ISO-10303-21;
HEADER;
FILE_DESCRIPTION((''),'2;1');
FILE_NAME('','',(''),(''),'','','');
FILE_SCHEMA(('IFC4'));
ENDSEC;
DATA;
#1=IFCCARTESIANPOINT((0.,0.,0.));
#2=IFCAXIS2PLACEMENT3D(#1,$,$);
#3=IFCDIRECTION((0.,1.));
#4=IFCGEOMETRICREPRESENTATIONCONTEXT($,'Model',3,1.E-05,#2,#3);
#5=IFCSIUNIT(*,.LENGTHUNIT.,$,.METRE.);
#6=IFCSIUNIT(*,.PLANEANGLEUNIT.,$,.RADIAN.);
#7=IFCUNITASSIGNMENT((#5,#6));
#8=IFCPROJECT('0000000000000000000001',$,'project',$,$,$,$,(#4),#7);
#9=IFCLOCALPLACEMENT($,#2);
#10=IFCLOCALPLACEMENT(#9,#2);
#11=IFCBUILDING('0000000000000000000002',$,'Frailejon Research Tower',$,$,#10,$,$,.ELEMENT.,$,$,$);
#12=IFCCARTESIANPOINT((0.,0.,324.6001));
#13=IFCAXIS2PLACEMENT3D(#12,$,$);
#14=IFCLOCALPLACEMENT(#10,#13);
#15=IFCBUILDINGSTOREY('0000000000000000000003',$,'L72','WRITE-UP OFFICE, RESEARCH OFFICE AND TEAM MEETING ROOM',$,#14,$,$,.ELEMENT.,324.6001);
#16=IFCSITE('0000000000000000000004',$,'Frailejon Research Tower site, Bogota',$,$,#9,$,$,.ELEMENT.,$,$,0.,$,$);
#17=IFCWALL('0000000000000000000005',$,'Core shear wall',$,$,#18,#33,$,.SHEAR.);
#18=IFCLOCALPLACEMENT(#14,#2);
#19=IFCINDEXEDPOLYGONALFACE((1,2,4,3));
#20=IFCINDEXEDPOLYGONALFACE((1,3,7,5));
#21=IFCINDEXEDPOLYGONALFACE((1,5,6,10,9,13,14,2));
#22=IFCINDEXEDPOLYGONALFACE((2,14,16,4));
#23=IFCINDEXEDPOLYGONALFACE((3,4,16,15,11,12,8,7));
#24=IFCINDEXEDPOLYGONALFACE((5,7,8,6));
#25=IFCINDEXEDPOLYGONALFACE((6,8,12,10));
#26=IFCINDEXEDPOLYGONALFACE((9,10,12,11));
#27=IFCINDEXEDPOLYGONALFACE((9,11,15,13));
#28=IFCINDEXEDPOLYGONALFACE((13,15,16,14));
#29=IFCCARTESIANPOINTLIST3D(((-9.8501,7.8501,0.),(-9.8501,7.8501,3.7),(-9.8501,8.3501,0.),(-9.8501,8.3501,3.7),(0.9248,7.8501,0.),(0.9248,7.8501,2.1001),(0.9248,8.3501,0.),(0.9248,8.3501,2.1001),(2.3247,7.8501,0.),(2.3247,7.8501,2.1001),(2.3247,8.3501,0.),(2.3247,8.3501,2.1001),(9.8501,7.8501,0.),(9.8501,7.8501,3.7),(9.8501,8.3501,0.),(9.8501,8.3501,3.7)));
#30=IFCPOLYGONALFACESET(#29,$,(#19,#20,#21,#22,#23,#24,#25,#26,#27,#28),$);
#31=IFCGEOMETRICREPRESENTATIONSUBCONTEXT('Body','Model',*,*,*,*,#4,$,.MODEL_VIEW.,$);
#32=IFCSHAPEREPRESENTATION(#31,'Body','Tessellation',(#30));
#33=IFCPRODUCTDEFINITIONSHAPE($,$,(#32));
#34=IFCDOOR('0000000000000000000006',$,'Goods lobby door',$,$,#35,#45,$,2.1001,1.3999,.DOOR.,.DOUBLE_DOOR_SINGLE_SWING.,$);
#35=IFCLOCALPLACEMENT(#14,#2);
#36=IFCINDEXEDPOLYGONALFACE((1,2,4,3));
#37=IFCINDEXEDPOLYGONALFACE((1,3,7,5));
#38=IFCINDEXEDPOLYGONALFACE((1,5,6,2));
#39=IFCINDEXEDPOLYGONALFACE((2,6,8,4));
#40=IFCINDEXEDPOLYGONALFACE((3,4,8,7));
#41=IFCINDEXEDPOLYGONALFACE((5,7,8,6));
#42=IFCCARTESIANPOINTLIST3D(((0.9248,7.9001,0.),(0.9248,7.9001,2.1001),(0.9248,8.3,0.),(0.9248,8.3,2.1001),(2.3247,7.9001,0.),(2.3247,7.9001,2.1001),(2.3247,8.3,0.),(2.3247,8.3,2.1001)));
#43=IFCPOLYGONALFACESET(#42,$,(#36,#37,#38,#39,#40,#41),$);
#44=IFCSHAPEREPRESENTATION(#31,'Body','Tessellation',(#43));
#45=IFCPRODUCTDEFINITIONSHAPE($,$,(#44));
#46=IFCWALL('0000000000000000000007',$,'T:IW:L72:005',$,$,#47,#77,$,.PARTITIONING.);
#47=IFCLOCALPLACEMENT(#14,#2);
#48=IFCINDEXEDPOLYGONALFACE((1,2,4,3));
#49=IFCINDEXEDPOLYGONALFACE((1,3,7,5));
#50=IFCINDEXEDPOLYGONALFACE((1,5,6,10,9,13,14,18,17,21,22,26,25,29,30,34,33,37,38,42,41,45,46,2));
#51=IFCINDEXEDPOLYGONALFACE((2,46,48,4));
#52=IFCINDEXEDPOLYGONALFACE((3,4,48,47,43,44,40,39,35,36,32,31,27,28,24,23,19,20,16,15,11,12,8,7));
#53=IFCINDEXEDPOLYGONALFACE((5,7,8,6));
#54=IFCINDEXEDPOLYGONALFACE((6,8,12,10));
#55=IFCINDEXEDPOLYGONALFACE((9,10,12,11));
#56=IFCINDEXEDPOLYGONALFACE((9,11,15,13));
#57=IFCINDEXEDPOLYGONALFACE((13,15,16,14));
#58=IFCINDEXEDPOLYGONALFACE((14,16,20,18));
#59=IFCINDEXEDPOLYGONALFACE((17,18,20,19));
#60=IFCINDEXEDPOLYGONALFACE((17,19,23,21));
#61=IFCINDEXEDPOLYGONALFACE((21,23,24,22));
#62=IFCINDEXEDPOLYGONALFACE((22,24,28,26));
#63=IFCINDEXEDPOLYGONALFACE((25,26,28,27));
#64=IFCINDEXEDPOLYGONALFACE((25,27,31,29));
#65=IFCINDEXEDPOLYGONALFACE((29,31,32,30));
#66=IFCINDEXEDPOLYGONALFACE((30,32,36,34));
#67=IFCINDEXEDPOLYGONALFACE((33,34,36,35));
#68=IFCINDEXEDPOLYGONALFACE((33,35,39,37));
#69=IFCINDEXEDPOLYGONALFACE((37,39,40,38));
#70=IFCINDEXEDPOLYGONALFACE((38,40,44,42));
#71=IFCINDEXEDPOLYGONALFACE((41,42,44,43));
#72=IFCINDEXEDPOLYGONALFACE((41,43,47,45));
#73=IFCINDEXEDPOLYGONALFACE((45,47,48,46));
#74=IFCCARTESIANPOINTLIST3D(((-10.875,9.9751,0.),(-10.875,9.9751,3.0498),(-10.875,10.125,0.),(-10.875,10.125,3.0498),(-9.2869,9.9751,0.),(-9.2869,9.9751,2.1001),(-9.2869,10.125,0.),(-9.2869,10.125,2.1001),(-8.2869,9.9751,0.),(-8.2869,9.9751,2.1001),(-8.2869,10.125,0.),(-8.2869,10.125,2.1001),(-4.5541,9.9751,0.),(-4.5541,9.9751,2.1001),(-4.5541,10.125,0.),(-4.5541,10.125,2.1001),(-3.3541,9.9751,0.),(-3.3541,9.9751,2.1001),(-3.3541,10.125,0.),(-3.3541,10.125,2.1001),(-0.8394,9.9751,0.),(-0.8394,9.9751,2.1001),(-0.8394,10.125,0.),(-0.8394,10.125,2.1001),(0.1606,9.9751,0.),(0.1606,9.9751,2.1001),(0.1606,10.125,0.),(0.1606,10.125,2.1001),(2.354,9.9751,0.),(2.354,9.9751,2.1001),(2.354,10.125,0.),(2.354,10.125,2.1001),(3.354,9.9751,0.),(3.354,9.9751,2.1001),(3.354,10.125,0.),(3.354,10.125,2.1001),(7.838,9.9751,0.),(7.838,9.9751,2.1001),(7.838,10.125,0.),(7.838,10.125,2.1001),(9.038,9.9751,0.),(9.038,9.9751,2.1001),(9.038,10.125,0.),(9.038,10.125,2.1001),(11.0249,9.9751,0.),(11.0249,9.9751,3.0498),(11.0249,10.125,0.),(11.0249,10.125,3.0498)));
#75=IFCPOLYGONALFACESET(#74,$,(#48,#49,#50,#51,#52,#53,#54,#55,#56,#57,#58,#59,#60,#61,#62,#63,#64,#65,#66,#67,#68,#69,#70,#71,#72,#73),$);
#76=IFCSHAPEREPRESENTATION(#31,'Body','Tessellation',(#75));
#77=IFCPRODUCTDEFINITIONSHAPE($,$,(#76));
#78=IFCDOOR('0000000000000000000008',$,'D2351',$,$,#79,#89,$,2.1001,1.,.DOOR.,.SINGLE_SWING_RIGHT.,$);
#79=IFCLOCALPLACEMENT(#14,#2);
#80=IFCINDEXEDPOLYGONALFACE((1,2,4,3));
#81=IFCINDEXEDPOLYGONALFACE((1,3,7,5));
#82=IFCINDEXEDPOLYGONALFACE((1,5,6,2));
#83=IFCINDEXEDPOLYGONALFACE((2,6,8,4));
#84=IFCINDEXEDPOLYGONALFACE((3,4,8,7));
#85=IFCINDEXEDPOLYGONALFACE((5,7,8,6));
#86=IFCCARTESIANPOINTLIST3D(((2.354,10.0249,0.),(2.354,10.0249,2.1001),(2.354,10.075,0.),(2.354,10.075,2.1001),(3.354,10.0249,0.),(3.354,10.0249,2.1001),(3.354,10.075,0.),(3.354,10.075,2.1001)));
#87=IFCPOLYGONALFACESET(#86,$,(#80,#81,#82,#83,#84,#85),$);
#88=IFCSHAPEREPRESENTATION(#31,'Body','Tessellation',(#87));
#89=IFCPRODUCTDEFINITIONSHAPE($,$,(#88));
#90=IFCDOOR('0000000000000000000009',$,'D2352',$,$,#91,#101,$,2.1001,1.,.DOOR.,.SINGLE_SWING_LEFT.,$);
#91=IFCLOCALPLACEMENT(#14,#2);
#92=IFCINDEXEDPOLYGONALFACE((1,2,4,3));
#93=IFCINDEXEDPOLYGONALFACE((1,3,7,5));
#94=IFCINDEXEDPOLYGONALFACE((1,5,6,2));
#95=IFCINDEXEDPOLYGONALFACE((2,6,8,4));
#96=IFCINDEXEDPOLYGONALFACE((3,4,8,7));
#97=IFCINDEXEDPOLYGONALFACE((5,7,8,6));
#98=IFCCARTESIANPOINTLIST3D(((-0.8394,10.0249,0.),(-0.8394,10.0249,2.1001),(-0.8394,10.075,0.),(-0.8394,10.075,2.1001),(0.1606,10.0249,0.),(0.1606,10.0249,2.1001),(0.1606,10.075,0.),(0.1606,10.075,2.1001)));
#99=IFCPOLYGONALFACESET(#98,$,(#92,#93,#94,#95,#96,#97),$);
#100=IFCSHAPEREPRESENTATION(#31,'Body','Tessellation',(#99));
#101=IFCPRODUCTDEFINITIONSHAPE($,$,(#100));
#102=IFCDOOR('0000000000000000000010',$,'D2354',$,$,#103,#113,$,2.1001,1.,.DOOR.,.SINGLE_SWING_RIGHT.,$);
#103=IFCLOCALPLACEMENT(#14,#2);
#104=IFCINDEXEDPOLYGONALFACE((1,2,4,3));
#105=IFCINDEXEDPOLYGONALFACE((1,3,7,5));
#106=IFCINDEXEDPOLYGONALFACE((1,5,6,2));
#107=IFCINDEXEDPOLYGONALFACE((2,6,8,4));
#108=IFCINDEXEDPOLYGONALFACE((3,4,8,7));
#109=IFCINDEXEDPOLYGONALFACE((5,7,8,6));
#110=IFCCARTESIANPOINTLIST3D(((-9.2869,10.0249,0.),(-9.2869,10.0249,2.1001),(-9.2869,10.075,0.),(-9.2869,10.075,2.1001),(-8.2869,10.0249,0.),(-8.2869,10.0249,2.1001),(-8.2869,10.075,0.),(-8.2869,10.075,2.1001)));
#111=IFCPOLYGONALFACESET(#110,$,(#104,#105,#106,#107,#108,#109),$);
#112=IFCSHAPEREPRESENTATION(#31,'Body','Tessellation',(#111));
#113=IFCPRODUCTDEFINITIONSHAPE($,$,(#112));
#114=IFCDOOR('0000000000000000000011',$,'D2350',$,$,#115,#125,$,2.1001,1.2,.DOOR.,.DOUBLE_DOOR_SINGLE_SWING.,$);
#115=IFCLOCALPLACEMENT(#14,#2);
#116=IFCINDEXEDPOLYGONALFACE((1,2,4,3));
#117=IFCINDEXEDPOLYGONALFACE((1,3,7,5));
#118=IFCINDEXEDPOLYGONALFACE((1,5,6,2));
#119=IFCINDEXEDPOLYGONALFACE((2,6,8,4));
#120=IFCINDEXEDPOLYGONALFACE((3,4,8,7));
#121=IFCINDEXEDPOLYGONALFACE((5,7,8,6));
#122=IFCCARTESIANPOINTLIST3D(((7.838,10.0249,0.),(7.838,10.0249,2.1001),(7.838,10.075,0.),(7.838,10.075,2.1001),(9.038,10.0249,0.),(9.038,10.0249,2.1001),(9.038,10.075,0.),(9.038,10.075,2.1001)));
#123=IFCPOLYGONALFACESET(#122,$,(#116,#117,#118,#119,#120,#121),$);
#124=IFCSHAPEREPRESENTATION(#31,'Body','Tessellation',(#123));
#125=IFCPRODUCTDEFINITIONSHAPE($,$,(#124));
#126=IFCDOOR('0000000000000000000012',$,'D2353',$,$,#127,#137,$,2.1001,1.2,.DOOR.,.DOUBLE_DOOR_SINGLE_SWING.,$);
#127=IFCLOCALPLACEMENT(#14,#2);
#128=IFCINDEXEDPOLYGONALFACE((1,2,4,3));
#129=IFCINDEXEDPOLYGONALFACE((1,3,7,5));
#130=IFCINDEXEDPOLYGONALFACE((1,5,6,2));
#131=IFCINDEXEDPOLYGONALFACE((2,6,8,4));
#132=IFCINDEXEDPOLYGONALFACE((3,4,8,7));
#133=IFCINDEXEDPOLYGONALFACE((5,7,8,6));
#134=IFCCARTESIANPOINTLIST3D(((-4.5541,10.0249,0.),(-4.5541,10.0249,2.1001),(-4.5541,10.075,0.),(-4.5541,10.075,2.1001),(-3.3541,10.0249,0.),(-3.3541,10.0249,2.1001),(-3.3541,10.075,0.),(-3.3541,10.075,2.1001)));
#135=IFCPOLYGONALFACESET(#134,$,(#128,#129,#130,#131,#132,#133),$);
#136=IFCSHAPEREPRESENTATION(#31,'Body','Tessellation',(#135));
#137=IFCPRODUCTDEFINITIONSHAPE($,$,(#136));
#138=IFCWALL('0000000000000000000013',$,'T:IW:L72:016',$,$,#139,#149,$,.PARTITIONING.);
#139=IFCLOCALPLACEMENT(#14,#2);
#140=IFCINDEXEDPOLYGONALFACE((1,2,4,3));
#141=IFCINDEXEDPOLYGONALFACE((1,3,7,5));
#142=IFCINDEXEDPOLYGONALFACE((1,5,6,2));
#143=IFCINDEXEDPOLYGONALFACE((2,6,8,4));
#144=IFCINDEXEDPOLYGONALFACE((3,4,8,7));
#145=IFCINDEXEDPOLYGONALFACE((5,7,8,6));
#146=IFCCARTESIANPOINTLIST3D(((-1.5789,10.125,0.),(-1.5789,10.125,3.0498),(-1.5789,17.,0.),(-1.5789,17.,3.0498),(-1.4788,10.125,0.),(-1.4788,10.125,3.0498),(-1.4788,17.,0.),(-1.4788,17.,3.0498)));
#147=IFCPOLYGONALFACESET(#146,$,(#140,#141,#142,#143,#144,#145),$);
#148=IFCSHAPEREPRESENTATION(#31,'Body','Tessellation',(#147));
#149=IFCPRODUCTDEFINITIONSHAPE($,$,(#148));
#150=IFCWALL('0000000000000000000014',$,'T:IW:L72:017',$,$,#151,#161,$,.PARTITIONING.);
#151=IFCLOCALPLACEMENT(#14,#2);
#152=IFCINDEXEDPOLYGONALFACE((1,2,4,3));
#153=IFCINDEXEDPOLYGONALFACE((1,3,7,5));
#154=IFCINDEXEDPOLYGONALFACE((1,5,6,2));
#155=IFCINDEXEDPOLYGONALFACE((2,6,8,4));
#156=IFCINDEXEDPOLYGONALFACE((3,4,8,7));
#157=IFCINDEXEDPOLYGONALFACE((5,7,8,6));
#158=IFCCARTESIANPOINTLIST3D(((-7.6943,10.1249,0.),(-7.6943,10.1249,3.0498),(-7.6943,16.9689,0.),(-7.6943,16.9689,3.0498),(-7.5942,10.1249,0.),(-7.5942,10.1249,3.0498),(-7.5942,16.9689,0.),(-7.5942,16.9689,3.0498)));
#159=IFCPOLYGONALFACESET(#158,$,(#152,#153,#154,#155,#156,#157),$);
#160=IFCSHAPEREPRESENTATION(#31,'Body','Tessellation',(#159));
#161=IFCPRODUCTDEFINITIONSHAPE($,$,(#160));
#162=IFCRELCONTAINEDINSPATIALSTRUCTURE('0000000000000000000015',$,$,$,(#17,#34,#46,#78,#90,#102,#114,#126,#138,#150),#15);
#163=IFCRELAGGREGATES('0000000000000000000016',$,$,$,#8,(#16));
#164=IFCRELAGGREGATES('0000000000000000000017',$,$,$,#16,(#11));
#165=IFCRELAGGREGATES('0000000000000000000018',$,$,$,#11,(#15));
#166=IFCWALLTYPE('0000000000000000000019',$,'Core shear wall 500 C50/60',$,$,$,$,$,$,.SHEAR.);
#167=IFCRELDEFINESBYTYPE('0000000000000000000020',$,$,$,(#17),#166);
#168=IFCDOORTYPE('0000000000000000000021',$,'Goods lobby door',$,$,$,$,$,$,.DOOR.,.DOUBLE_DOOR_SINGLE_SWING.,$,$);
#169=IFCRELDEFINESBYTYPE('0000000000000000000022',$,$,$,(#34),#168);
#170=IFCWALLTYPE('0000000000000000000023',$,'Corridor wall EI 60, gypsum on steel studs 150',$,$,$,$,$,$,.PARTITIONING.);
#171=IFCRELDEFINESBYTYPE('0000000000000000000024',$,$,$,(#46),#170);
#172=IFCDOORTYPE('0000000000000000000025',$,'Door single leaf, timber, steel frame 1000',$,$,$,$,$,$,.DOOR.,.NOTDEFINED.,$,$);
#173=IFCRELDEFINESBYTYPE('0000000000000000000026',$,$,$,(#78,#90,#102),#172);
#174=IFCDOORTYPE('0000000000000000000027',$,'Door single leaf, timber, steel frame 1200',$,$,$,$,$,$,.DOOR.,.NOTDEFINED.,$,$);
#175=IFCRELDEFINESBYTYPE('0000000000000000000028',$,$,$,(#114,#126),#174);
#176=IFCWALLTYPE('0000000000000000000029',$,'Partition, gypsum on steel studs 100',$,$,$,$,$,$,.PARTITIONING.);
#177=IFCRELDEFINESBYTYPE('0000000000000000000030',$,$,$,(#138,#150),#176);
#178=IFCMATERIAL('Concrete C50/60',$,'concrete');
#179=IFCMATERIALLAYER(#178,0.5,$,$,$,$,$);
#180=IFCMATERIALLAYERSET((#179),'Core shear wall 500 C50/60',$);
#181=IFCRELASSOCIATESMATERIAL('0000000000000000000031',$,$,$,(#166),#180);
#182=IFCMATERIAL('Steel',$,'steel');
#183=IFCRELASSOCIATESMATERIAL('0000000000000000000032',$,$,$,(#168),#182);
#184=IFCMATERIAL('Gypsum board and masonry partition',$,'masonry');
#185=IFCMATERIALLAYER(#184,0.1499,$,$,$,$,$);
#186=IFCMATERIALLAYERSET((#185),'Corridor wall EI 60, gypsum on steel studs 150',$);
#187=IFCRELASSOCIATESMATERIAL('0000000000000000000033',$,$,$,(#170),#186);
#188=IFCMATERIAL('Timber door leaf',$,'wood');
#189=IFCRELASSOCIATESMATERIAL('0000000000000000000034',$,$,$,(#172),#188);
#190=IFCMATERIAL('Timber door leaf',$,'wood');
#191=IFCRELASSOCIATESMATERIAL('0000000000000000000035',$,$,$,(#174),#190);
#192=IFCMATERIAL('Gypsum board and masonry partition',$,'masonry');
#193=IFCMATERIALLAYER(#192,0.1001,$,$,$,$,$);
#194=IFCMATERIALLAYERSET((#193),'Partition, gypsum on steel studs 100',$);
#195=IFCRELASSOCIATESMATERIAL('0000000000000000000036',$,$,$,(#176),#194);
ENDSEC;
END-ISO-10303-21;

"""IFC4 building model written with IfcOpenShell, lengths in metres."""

from ifc_helpers import new_model, si_unit, direction, frame, frame_2d, origin, place, context, subcontext, project, spatial, rectangle, extrude, material, layer, layer_set, type_object, element, fill, save


model = new_model("IFC4")

# Units and contexts
model_context = context("Model", 3, precision=1e-05, world=origin(), true_north=direction((0.0, 1.0)))
body_context = subcontext(model_context, "Body", "Model", "MODEL_VIEW")
ifc_project = project(units=[si_unit("LENGTHUNIT", "METRE"), si_unit("PLANEANGLEUNIT", "RADIAN")], contexts=[model_context])

# Site, building, storey
site_placement = place(None, origin())
site = spatial("IfcSite", under=ifc_project, at=site_placement, Name="Frailejon Research Tower site, Bogota", CompositionType="ELEMENT", RefElevation=0.0)
building_placement = place(site_placement, origin())
building = spatial("IfcBuilding", under=site, at=building_placement, Name="Frailejon Research Tower", CompositionType="ELEMENT")
storey_placement = place(building_placement, frame((0.0, 0.0, 324.6001)))
storey = spatial("IfcBuildingStorey", under=building, at=storey_placement, Name="L72", Description="WRITE-UP OFFICE, RESEARCH OFFICE AND TEAM MEETING ROOM", CompositionType="ELEMENT", Elevation=324.6001)

# Wall, opening, door
ifc_material_1 = material(Name="Concrete C50/60", Category="concrete")
ifc_layer_1 = layer(ifc_material_1, 0.5)
ifc_layer_set_1 = layer_set([ifc_layer_1], Name="Core shear wall 500 C50/60")
wall_type_1 = type_object("IfcWallType", Name="Core shear wall 500 C50/60", PredefinedType="SHEAR", material=ifc_layer_set_1)
wall_1_placement = place(storey_placement, frame((-9.8501, 8.1001, 0.0), z_axis=(0.0, 0.0, 1.0), x_axis=(1.0, 0.0, 0.0)))
wall_1 = element("IfcWall", 1, at=wall_1_placement, inside=storey, type_object=wall_type_1, Name="Core shear wall", PredefinedType="SHEAR", context=body_context, shape_type="SweptSolid", body=[
    extrude(rectangle(XDim=19.7002, YDim=0.5, at=frame_2d((9.8501, 0.0))), origin(), (0.0, 0.0, 1.0), 3.7),
])
opening_1_placement = place(wall_1_placement, frame((10.7749, 0.0, 0.0)))
opening_1 = element("IfcOpeningElement", 2, at=opening_1_placement, cuts=wall_1, PredefinedType="OPENING", context=body_context, shape_type="SweptSolid", body=[
    extrude(rectangle(XDim=1.3999, YDim=2.1001, at=frame_2d((0.7, 1.05))), frame((0.0, 0.26, 0.0), z_axis=(0.0, -1.0, 0.0), x_axis=(1.0, 0.0, 0.0)), (0.0, 0.0, 1.0), 0.52),
])
ifc_material_2 = material(Name="Steel", Category="steel")
door_type_1 = type_object("IfcDoorType", Name="Goods lobby door", OperationType="DOUBLE_DOOR_SINGLE_SWING", PredefinedType="DOOR", material=ifc_material_2)
door_1_placement = place(opening_1_placement, origin())
door_1 = element("IfcDoor", 3, at=door_1_placement, inside=storey, type_object=door_type_1, Name="Goods lobby door", OperationType="DOUBLE_DOOR_SINGLE_SWING", OverallHeight=2.1001, OverallWidth=1.3999, PredefinedType="DOOR", context=body_context, shape_type="SweptSolid", body=[
    extrude(rectangle(XDim=1.3999, YDim=2.1001, at=frame_2d((0.7, 1.05))), frame((0.0, 0.2, 0.0), z_axis=(0.0, -1.0, 0.0), x_axis=(1.0, 0.0, 0.0)), (0.0, 0.0, 1.0), 0.3999),
])
fill(opening_1, door_1)

# Wall, openings, doors
ifc_material_3 = material(Name="Gypsum board and masonry partition", Category="masonry")
ifc_layer_2 = layer(ifc_material_3, 0.1499)
ifc_layer_set_2 = layer_set([ifc_layer_2], Name="Corridor wall EI 60, gypsum on steel studs 150")
wall_type_2 = type_object("IfcWallType", Name="Corridor wall EI 60, gypsum on steel studs 150", PredefinedType="PARTITIONING", material=ifc_layer_set_2)
wall_2_placement = place(storey_placement, frame((-10.875, 10.05, 0.0), z_axis=(0.0, 0.0, 1.0), x_axis=(1.0, 0.0, 0.0)))
wall_2 = element("IfcWall", 4, at=wall_2_placement, inside=storey, type_object=wall_type_2, Name="T:IW:L72:005", PredefinedType="PARTITIONING", context=body_context, shape_type="SweptSolid", body=[
    extrude(rectangle(XDim=21.8999, YDim=0.1499, at=frame_2d((10.95, 0.0))), origin(), (0.0, 0.0, 1.0), 3.0498),
])
opening_2_placement = place(wall_2_placement, frame((18.7129, 0.0, 0.0)))
opening_2 = element("IfcOpeningElement", 5, at=opening_2_placement, cuts=wall_2, PredefinedType="OPENING", context=body_context, shape_type="SweptSolid", body=[
    extrude(rectangle(XDim=1.2, YDim=2.1001, at=frame_2d((0.6001, 1.05))), frame((0.0, 0.085, 0.0), z_axis=(0.0, -1.0, 0.0), x_axis=(1.0, 0.0, 0.0)), (0.0, 0.0, 1.0), 0.1699),
])
opening_3_placement = place(wall_2_placement, frame((13.229, 0.0, 0.0)))
opening_3 = element("IfcOpeningElement", 6, at=opening_3_placement, cuts=wall_2, PredefinedType="OPENING", context=body_context, shape_type="SweptSolid", body=[
    extrude(rectangle(XDim=1.0, YDim=2.1001, at=frame_2d((0.5, 1.05))), frame((0.0, 0.085, 0.0), z_axis=(0.0, -1.0, 0.0), x_axis=(1.0, 0.0, 0.0)), (0.0, 0.0, 1.0), 0.1699),
])
opening_4_placement = place(wall_2_placement, frame((10.0356, 0.0, 0.0)))
opening_4 = element("IfcOpeningElement", 7, at=opening_4_placement, cuts=wall_2, PredefinedType="OPENING", context=body_context, shape_type="SweptSolid", body=[
    extrude(rectangle(XDim=1.0, YDim=2.1001, at=frame_2d((0.5, 1.05))), frame((0.0, 0.085, 0.0), z_axis=(0.0, -1.0, 0.0), x_axis=(1.0, 0.0, 0.0)), (0.0, 0.0, 1.0), 0.1699),
])
opening_5_placement = place(wall_2_placement, frame((6.3208, 0.0, 0.0)))
opening_5 = element("IfcOpeningElement", 8, at=opening_5_placement, cuts=wall_2, PredefinedType="OPENING", context=body_context, shape_type="SweptSolid", body=[
    extrude(rectangle(XDim=1.2, YDim=2.1001, at=frame_2d((0.6001, 1.05))), frame((0.0, 0.085, 0.0), z_axis=(0.0, -1.0, 0.0), x_axis=(1.0, 0.0, 0.0)), (0.0, 0.0, 1.0), 0.1699),
])
opening_6_placement = place(wall_2_placement, frame((1.5881, 0.0, 0.0)))
opening_6 = element("IfcOpeningElement", 9, at=opening_6_placement, cuts=wall_2, PredefinedType="OPENING", context=body_context, shape_type="SweptSolid", body=[
    extrude(rectangle(XDim=1.0, YDim=2.1001, at=frame_2d((0.5, 1.05))), frame((0.0, 0.085, 0.0), z_axis=(0.0, -1.0, 0.0), x_axis=(1.0, 0.0, 0.0)), (0.0, 0.0, 1.0), 0.1699),
])
ifc_material_4 = material(Name="Timber door leaf", Category="wood")
door_type_2 = type_object("IfcDoorType", Name="Door single leaf, timber, steel frame 1000", OperationType="NOTDEFINED", PredefinedType="DOOR", material=ifc_material_4)
door_2_placement = place(opening_3_placement, origin())
door_2 = element("IfcDoor", 10, at=door_2_placement, inside=storey, type_object=door_type_2, Name="D2351", OperationType="SINGLE_SWING_RIGHT", OverallHeight=2.1001, OverallWidth=1.0, PredefinedType="DOOR", context=body_context, shape_type="SweptSolid", body=[
    extrude(rectangle(XDim=1.0, YDim=2.1001, at=frame_2d((0.5, 1.05))), frame((0.0, 0.0249, 0.0), z_axis=(0.0, -1.0, 0.0), x_axis=(1.0, 0.0, 0.0)), (0.0, 0.0, 1.0), 0.05),
])
fill(opening_3, door_2)
door_3_placement = place(opening_4_placement, origin())
door_3 = element("IfcDoor", 11, at=door_3_placement, inside=storey, type_object=door_type_2, Name="D2352", OperationType="SINGLE_SWING_LEFT", OverallHeight=2.1001, OverallWidth=1.0, PredefinedType="DOOR", context=body_context, shape_type="SweptSolid", body=[
    extrude(rectangle(XDim=1.0, YDim=2.1001, at=frame_2d((0.5, 1.05))), frame((0.0, 0.0249, 0.0), z_axis=(0.0, -1.0, 0.0), x_axis=(1.0, 0.0, 0.0)), (0.0, 0.0, 1.0), 0.05),
])
fill(opening_4, door_3)
door_4_placement = place(opening_6_placement, origin())
door_4 = element("IfcDoor", 12, at=door_4_placement, inside=storey, type_object=door_type_2, Name="D2354", OperationType="SINGLE_SWING_RIGHT", OverallHeight=2.1001, OverallWidth=1.0, PredefinedType="DOOR", context=body_context, shape_type="SweptSolid", body=[
    extrude(rectangle(XDim=1.0, YDim=2.1001, at=frame_2d((0.5, 1.05))), frame((0.0, 0.0249, 0.0), z_axis=(0.0, -1.0, 0.0), x_axis=(1.0, 0.0, 0.0)), (0.0, 0.0, 1.0), 0.05),
])
fill(opening_6, door_4)
ifc_material_5 = material(Name="Timber door leaf", Category="wood")
door_type_3 = type_object("IfcDoorType", Name="Door single leaf, timber, steel frame 1200", OperationType="NOTDEFINED", PredefinedType="DOOR", material=ifc_material_5)
door_5_placement = place(opening_2_placement, origin())
door_5 = element("IfcDoor", 13, at=door_5_placement, inside=storey, type_object=door_type_3, Name="D2350", OperationType="DOUBLE_DOOR_SINGLE_SWING", OverallHeight=2.1001, OverallWidth=1.2, PredefinedType="DOOR", context=body_context, shape_type="SweptSolid", body=[
    extrude(rectangle(XDim=1.2, YDim=2.1001, at=frame_2d((0.6001, 1.05))), frame((0.0, 0.0249, 0.0), z_axis=(0.0, -1.0, 0.0), x_axis=(1.0, 0.0, 0.0)), (0.0, 0.0, 1.0), 0.05),
])
fill(opening_2, door_5)
door_6_placement = place(opening_5_placement, origin())
door_6 = element("IfcDoor", 14, at=door_6_placement, inside=storey, type_object=door_type_3, Name="D2353", OperationType="DOUBLE_DOOR_SINGLE_SWING", OverallHeight=2.1001, OverallWidth=1.2, PredefinedType="DOOR", context=body_context, shape_type="SweptSolid", body=[
    extrude(rectangle(XDim=1.2, YDim=2.1001, at=frame_2d((0.6001, 1.05))), frame((0.0, 0.0249, 0.0), z_axis=(0.0, -1.0, 0.0), x_axis=(1.0, 0.0, 0.0)), (0.0, 0.0, 1.0), 0.05),
])
fill(opening_5, door_6)

# Walls
ifc_material_6 = material(Name="Gypsum board and masonry partition", Category="masonry")
ifc_layer_3 = layer(ifc_material_6, 0.1001)
ifc_layer_set_3 = layer_set([ifc_layer_3], Name="Partition, gypsum on steel studs 100")
wall_type_3 = type_object("IfcWallType", Name="Partition, gypsum on steel studs 100", PredefinedType="PARTITIONING", material=ifc_layer_set_3)
wall_3_placement = place(storey_placement, frame((-1.5288, 10.125, 0.0), z_axis=(0.0, 0.0, 1.0), x_axis=(0.0, 1.0, 0.0)))
element("IfcWall", 15, at=wall_3_placement, inside=storey, type_object=wall_type_3, Name="T:IW:L72:016", PredefinedType="PARTITIONING", context=body_context, shape_type="SweptSolid", body=[
    extrude(rectangle(XDim=6.875, YDim=0.1001, at=frame_2d((3.4375, 0.0))), origin(), (0.0, 0.0, 1.0), 3.0498),
])
wall_4_placement = place(storey_placement, frame((-7.6443, 10.125, 0.0), z_axis=(0.0, 0.0, 1.0), x_axis=(0.0, 1.0, 0.0)))
element("IfcWall", 16, at=wall_4_placement, inside=storey, type_object=wall_type_3, Name="T:IW:L72:017", PredefinedType="PARTITIONING", context=body_context, shape_type="SweptSolid", body=[
    extrude(rectangle(XDim=6.844, YDim=0.1001, at=frame_2d((3.4219, 0.0))), origin(), (0.0, 0.0, 1.0), 3.0498),
])

save(model, "model.ifc")
